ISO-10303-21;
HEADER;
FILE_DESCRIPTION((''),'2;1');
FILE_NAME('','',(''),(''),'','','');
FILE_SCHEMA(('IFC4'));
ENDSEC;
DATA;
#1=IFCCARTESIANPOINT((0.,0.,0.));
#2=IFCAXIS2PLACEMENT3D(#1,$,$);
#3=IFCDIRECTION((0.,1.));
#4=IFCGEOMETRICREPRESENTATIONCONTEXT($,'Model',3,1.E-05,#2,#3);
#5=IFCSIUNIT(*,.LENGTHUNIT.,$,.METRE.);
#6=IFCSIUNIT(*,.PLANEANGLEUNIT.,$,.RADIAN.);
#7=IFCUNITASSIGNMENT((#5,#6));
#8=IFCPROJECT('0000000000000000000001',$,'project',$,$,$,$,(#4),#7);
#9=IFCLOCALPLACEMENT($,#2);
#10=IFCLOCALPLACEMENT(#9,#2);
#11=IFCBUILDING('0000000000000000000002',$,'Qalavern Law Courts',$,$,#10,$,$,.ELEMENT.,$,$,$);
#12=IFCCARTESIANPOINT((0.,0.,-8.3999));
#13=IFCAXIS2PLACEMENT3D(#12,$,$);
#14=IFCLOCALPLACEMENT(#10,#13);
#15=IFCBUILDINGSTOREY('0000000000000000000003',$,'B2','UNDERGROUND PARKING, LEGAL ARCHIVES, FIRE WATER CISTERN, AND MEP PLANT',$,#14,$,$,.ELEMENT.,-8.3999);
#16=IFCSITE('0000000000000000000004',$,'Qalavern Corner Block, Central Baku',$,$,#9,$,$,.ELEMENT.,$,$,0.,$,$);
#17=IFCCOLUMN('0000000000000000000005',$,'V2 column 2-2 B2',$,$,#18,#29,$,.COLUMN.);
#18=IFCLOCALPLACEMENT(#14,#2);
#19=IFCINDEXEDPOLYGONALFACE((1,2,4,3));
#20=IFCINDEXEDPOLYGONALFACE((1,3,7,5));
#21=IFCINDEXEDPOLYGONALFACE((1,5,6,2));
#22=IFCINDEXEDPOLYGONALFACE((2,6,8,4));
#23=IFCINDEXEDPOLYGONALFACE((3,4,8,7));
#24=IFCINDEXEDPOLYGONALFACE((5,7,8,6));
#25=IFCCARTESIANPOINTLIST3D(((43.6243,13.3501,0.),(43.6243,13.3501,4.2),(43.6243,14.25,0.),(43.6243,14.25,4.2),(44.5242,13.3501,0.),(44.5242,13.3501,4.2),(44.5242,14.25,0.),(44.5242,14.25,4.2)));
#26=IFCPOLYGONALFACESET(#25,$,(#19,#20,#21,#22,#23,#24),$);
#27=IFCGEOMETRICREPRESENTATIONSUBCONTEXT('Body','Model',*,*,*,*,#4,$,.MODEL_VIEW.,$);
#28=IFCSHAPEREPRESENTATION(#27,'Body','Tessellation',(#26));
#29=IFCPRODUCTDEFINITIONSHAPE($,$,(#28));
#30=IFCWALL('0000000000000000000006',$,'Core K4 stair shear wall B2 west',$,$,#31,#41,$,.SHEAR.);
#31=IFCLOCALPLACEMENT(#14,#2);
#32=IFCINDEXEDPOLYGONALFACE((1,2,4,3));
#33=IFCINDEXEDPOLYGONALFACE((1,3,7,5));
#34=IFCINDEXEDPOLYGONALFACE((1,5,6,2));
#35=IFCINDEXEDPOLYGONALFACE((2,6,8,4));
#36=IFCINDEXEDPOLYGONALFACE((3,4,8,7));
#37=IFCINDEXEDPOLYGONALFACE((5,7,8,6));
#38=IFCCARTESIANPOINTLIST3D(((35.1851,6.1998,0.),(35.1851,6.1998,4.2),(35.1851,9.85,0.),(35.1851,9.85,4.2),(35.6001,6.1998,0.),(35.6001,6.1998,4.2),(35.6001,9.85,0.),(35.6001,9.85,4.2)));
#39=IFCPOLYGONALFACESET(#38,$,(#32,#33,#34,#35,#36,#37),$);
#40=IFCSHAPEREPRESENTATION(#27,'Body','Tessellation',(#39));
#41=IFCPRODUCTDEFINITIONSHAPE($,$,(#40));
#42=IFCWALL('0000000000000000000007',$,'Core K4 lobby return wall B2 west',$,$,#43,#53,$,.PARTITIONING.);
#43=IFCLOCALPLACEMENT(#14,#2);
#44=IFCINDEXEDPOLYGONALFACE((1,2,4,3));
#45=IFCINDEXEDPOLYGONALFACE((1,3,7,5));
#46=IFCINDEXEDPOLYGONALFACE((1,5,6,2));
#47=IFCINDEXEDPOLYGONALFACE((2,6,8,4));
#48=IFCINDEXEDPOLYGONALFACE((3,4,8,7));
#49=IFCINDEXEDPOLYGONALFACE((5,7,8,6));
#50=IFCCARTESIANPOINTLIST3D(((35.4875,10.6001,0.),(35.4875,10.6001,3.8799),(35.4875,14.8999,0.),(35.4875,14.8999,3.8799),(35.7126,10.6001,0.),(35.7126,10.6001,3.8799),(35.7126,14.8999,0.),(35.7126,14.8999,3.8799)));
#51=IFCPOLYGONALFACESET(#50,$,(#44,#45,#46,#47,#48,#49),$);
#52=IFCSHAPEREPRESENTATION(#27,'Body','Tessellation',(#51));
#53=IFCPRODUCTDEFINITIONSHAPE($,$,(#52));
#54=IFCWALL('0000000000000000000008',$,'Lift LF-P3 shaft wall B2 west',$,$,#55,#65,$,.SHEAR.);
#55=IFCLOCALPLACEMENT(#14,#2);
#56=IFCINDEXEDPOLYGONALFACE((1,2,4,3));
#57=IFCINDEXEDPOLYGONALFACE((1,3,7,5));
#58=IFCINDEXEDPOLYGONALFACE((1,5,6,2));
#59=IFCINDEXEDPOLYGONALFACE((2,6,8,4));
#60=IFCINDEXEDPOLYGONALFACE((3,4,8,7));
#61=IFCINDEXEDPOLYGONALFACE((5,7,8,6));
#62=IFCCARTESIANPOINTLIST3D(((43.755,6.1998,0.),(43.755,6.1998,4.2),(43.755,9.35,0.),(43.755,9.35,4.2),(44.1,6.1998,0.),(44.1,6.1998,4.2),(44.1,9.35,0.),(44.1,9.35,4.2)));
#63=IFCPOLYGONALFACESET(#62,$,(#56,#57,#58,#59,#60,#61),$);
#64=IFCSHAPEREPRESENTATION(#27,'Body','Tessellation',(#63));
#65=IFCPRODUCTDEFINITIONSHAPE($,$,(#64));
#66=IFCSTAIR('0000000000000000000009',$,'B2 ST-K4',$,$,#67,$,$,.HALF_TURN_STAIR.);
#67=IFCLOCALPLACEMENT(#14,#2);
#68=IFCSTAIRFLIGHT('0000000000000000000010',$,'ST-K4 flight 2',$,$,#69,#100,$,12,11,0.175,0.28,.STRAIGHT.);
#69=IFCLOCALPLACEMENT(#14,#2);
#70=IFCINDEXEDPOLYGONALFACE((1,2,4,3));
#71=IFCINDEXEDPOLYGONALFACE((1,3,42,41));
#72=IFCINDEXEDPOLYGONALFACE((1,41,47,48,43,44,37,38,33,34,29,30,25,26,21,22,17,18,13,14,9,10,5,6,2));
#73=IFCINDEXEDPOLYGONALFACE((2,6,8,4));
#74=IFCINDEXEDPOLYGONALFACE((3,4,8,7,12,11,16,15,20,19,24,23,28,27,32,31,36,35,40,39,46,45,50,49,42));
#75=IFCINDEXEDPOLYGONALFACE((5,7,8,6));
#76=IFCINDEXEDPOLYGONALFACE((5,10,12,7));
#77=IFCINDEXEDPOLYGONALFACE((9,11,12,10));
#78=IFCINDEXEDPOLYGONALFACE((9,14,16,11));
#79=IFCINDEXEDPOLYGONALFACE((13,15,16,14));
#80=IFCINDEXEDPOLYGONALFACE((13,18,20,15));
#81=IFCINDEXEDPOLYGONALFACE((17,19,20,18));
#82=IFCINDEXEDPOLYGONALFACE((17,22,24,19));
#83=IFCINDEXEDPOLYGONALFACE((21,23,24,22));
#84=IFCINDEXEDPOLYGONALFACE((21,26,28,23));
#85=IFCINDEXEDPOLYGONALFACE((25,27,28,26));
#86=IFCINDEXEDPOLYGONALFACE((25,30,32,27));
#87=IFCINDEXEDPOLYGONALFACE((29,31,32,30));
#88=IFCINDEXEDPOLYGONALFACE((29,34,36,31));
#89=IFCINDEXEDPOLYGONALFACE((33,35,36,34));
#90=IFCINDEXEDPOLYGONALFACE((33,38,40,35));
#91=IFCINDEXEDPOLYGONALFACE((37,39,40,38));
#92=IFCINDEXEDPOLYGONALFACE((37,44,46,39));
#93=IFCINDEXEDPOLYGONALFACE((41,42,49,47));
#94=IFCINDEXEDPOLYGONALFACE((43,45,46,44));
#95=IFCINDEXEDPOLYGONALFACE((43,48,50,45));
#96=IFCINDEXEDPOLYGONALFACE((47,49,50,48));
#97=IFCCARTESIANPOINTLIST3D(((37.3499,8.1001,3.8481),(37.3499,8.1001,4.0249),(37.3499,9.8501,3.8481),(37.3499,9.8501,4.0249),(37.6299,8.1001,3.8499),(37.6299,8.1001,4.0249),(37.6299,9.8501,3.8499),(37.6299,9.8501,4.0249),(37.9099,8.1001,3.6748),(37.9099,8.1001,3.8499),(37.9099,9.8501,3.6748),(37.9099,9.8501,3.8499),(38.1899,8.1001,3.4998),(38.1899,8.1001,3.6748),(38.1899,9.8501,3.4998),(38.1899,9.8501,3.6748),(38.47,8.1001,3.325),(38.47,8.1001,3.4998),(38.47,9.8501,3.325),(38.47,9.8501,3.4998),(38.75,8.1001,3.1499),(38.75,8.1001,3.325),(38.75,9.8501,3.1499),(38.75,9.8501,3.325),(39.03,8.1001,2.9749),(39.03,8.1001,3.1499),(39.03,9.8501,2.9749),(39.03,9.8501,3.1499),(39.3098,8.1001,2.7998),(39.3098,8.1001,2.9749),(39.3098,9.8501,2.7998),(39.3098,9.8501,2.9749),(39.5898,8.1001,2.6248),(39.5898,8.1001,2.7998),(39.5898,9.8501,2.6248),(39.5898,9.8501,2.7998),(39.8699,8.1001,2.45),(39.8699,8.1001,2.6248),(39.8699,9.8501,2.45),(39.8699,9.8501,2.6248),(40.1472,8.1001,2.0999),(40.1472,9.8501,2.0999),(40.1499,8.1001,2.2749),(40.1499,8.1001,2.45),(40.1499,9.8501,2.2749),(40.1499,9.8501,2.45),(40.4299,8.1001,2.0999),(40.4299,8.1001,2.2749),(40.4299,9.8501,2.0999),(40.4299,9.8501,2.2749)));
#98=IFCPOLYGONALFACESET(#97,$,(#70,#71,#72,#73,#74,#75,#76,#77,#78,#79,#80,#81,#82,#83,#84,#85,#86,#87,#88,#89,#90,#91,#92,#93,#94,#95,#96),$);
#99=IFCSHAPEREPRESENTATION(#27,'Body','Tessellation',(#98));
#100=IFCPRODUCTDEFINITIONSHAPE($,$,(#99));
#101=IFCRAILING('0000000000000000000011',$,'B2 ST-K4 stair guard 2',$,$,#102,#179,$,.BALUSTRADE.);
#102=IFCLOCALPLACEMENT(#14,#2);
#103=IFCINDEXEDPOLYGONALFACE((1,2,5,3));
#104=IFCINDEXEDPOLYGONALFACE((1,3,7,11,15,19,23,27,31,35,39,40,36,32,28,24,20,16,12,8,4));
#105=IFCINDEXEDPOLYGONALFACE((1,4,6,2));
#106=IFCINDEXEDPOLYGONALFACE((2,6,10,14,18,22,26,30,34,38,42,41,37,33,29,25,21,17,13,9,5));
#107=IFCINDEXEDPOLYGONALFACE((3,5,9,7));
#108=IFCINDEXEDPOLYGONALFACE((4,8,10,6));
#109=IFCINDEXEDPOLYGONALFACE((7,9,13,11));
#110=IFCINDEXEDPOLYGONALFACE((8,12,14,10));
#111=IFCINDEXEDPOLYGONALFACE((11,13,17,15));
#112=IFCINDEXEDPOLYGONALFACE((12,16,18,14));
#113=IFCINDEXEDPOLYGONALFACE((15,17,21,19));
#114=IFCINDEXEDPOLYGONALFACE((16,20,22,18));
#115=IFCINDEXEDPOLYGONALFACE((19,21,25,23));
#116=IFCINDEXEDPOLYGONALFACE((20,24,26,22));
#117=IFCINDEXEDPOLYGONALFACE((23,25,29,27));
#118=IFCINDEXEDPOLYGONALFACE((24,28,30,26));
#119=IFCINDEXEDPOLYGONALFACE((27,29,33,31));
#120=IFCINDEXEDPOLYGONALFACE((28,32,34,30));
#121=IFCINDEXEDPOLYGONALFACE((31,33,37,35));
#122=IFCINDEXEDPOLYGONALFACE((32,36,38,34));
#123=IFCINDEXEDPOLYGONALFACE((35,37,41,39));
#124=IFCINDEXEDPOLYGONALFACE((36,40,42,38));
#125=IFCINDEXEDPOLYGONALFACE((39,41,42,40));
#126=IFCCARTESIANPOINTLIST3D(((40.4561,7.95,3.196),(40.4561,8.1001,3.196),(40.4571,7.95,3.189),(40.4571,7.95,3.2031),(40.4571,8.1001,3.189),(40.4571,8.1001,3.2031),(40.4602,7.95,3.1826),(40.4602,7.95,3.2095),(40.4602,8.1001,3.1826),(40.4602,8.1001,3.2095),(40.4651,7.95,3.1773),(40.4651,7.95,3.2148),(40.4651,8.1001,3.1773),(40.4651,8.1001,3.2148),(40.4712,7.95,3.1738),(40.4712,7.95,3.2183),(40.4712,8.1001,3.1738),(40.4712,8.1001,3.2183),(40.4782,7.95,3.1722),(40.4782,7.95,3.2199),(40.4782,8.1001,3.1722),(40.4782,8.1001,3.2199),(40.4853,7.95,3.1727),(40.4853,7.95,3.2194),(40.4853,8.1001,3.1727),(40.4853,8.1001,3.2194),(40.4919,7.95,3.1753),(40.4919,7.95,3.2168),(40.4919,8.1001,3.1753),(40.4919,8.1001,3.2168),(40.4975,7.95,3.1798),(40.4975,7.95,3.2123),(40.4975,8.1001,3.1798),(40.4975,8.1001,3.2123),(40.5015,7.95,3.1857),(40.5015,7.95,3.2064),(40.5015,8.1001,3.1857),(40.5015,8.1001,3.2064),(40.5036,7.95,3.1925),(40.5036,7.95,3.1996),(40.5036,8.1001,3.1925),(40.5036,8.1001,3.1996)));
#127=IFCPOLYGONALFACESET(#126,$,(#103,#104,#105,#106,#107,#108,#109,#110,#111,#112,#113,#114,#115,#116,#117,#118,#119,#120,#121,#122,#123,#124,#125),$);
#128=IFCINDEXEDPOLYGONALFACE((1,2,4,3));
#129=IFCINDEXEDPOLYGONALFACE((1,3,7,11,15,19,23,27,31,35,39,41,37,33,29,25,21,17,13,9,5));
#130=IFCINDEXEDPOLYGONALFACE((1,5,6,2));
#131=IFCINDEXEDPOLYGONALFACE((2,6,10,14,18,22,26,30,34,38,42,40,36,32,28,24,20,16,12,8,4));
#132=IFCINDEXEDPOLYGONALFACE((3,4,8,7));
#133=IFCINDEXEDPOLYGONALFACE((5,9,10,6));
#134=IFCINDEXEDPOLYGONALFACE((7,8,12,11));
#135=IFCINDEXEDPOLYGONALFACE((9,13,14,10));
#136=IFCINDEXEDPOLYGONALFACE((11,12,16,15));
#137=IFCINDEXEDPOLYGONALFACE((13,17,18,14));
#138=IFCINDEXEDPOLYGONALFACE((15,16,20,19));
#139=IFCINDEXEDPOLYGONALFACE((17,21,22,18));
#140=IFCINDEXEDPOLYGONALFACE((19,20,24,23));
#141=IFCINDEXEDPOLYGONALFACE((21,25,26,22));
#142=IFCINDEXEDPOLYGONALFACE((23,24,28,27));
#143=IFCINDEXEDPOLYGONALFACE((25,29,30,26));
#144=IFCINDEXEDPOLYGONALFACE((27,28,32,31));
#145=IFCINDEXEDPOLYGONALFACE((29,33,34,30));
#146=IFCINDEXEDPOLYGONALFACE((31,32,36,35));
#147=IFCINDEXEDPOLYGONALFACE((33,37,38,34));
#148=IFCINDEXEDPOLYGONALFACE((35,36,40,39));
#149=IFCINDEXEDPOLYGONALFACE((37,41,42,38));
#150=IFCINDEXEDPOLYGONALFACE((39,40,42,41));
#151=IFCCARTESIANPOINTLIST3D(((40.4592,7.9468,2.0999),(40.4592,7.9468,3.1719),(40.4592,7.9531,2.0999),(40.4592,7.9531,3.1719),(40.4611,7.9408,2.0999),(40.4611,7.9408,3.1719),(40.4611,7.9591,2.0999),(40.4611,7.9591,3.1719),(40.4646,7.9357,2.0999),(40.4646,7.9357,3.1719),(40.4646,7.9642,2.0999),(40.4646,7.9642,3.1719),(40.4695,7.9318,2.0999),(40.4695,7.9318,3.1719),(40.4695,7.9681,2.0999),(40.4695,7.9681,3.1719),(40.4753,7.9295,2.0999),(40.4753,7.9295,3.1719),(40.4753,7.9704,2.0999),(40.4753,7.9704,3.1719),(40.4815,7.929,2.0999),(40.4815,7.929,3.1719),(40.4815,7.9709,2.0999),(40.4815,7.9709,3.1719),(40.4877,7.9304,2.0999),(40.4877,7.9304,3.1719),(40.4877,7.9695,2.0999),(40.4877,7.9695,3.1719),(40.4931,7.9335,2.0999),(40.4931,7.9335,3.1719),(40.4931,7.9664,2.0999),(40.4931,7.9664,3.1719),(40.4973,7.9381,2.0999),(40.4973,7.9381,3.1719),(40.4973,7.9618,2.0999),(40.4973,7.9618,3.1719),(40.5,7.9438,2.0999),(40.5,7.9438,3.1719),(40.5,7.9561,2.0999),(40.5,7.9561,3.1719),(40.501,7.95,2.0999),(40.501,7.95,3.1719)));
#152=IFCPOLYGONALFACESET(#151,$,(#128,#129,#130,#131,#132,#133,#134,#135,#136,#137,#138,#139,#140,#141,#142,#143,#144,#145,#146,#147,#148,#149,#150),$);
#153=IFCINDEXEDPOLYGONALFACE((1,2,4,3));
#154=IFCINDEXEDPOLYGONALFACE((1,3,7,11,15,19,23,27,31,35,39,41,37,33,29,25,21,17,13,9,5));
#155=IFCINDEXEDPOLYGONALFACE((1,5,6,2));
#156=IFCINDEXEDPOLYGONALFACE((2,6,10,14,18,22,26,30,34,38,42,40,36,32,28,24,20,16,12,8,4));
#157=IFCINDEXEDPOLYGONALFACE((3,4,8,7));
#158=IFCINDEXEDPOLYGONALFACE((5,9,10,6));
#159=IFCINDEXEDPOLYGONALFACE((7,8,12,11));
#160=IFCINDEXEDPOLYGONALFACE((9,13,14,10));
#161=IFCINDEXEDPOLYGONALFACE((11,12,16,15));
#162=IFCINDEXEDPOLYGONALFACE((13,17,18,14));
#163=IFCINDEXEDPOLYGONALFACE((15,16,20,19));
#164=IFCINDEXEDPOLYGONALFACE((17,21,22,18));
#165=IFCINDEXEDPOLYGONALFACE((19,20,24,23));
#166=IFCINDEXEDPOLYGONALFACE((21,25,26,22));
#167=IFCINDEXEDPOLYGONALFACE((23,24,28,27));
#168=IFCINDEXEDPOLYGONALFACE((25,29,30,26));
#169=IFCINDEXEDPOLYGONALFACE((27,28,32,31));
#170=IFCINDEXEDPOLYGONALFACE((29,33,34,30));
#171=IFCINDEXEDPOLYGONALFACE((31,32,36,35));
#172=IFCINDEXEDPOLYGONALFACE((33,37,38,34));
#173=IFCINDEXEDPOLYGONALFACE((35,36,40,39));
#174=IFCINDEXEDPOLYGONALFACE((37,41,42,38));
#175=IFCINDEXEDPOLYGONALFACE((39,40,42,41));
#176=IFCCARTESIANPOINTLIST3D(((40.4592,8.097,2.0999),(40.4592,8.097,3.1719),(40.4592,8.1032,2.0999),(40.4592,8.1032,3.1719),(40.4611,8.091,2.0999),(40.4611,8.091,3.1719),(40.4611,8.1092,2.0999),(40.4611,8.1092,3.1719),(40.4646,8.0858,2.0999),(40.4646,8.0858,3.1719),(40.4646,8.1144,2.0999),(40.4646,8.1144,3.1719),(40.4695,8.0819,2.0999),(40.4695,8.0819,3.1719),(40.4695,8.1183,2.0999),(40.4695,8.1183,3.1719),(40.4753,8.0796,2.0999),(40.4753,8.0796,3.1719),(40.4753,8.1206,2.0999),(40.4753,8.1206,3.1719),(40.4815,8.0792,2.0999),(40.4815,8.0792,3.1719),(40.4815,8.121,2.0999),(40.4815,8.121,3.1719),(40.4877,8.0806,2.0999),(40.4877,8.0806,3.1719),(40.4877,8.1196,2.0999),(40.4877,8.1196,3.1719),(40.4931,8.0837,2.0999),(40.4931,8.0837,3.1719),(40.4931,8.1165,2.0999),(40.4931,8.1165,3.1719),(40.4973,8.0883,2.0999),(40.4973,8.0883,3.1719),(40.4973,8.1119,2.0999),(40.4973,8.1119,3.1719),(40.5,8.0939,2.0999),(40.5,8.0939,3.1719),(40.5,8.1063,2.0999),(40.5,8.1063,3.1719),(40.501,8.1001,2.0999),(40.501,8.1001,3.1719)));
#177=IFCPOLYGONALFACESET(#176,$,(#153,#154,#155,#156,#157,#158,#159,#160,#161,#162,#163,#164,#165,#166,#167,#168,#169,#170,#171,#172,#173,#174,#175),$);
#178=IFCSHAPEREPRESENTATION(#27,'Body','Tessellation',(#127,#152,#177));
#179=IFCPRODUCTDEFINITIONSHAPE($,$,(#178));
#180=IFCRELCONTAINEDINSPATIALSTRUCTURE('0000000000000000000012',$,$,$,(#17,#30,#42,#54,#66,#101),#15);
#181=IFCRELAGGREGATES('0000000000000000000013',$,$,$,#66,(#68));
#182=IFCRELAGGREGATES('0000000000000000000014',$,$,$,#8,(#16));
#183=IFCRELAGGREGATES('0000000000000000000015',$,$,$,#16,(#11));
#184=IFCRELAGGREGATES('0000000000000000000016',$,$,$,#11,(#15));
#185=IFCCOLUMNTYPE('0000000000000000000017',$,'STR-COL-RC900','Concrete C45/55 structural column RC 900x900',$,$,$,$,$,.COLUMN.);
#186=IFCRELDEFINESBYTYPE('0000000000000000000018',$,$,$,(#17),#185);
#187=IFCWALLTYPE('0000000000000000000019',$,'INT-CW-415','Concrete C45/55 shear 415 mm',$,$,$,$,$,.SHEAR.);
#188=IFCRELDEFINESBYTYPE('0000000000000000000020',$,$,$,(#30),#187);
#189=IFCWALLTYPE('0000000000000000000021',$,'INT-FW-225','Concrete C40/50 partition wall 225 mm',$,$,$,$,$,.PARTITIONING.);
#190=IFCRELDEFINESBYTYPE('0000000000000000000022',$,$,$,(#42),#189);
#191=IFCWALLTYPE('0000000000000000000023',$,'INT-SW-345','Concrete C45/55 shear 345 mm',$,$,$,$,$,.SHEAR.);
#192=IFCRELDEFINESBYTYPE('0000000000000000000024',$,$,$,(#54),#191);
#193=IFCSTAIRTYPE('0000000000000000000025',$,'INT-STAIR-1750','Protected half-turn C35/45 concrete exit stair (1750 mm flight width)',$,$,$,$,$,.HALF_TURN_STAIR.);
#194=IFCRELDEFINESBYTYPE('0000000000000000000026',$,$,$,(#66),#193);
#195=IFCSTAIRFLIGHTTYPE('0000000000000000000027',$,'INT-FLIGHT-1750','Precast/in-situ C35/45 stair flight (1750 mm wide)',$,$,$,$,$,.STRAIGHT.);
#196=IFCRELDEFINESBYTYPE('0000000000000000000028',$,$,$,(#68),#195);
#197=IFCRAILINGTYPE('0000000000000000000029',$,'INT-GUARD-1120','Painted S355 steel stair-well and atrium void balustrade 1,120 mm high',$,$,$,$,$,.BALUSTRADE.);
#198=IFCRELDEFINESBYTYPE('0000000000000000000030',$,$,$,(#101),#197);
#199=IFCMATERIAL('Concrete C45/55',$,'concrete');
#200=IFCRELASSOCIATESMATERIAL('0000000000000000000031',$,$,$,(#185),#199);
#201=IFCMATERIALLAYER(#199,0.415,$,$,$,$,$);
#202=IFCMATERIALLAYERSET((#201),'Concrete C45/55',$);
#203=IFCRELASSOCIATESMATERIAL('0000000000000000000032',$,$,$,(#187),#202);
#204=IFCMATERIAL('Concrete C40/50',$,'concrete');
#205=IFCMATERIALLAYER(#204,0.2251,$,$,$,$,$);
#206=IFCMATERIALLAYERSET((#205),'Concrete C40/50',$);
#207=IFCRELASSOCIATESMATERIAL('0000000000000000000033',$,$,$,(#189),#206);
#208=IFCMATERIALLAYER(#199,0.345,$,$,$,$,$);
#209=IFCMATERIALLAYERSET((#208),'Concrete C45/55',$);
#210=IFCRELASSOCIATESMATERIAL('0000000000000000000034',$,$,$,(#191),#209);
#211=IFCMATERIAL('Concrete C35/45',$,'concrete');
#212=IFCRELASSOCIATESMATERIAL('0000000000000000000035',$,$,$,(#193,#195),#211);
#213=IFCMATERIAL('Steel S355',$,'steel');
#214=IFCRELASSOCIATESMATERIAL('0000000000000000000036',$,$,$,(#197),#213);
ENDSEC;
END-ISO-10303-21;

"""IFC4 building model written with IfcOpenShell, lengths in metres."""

from ifc_helpers import new_model, si_unit, direction, frame, frame_2d, origin, origin_2d, place, context, subcontext, project, spatial, polyline, rectangle, circle, outline, extrude, material, layer, layer_set, material_profile, profile_set, type_object, element, aggregate, save


model = new_model("IFC4")

# Units and contexts
model_context = context("Model", 3, precision=1e-05, world=origin(), true_north=direction((0.0, 1.0)))
body_context = subcontext(model_context, "Body", "Model", "MODEL_VIEW")
ifc_project = project(units=[si_unit("LENGTHUNIT", "METRE"), si_unit("PLANEANGLEUNIT", "RADIAN")], contexts=[model_context])

# Site, building, storey
site_placement = place(None, origin())
site = spatial("IfcSite", under=ifc_project, at=site_placement, Name="Qalavern Corner Block, Central Baku", CompositionType="ELEMENT", RefElevation=0.0)
building_placement = place(site_placement, origin())
building = spatial("IfcBuilding", under=site, at=building_placement, Name="Qalavern Law Courts", CompositionType="ELEMENT")
storey_placement = place(building_placement, frame((0.0, 0.0, -8.3999)))
storey = spatial("IfcBuildingStorey", under=building, at=storey_placement, Name="B2", Description="UNDERGROUND PARKING, LEGAL ARCHIVES, FIRE WATER CISTERN, AND MEP PLANT", CompositionType="ELEMENT", Elevation=-8.3999)

# Shared definitions
ifc_material_1 = material(Name="Concrete C35/45", Category="concrete")

# Column
ifc_material_2 = material(Name="Concrete C45/55", Category="concrete")
ifc_material_profile_1 = material_profile(ifc_material_2, rectangle(XDim=0.8999, YDim=0.8999, at=origin_2d()), Name="RC 900x900")
ifc_profile_set_1 = profile_set([ifc_material_profile_1], Name="Concrete C45/55")
column_type_1 = type_object("IfcColumnType", Name="STR-COL-RC900", Description="Concrete C45/55 structural column RC 900x900", PredefinedType="COLUMN", material=ifc_profile_set_1)
column_1_placement = place(storey_placement, frame((44.0742, 13.8, 0.0), z_axis=(0.0, 0.0, 1.0), x_axis=(1.0, 0.0, 0.0)))
element("IfcColumn", 1, at=column_1_placement, inside=storey, type_object=column_type_1, Name="V2 column 2-2 B2", PredefinedType="COLUMN", context=body_context, shape_type="SweptSolid", body=[
    extrude(rectangle(XDim=0.8999, YDim=0.8999, at=origin_2d()), origin(), (0.0, 0.0, 1.0), 4.2),
])

# Shared definitions
ifc_layer_1 = layer(ifc_material_2, 0.415)
ifc_layer_set_1 = layer_set([ifc_layer_1], Name="Concrete C45/55")
wall_type_1 = type_object("IfcWallType", Name="INT-CW-415", Description="Concrete C45/55 shear 415 mm", PredefinedType="SHEAR", material=ifc_layer_set_1)

# Walls
wall_1_placement = place(storey_placement, frame((35.3926, 9.8501, 0.0), z_axis=(0.0, 0.0, 1.0), x_axis=(0.0, -1.0, 0.0)))
element("IfcWall", 2, at=wall_1_placement, inside=storey, type_object=wall_type_1, Name="Core K4 stair shear wall B2 west", PredefinedType="SHEAR", context=body_context, shape_type="SweptSolid", body=[
    extrude(rectangle(XDim=3.6501, YDim=0.415, at=frame_2d((1.8252, 0.0))), origin(), (0.0, 0.0, 1.0), 4.2),
])
ifc_material_3 = material(Name="Concrete C40/50", Category="concrete")
ifc_layer_2 = layer(ifc_material_3, 0.2251)
ifc_layer_set_2 = layer_set([ifc_layer_2], Name="Concrete C40/50")
wall_type_2 = type_object("IfcWallType", Name="INT-FW-225", Description="Concrete C40/50 partition wall 225 mm", PredefinedType="PARTITIONING", material=ifc_layer_set_2)
wall_2_placement = place(storey_placement, frame((35.6001, 10.6001, 0.0), z_axis=(0.0, 0.0, 1.0), x_axis=(0.0, 1.0, 0.0)))
element("IfcWall", 3, at=wall_2_placement, inside=storey, type_object=wall_type_2, Name="Core K4 lobby return wall B2 west", PredefinedType="PARTITIONING", context=body_context, shape_type="SweptSolid", body=[
    extrude(rectangle(XDim=4.2998, YDim=0.2251, at=frame_2d((2.1499, 0.0))), origin(), (0.0, 0.0, 1.0), 3.8799),
])
ifc_layer_3 = layer(ifc_material_2, 0.345)
ifc_layer_set_3 = layer_set([ifc_layer_3], Name="Concrete C45/55")
wall_type_3 = type_object("IfcWallType", Name="INT-SW-345", Description="Concrete C45/55 shear 345 mm", PredefinedType="SHEAR", material=ifc_layer_set_3)
wall_3_placement = place(storey_placement, frame((43.9275, 9.3501, 0.0), z_axis=(0.0, 0.0, 1.0), x_axis=(0.0, -1.0, 0.0)))
element("IfcWall", 4, at=wall_3_placement, inside=storey, type_object=wall_type_3, Name="Lift LF-P3 shaft wall B2 west", PredefinedType="SHEAR", context=body_context, shape_type="SweptSolid", body=[
    extrude(rectangle(XDim=3.1501, YDim=0.345, at=frame_2d((1.5752, 0.0))), origin(), (0.0, 0.0, 1.0), 4.2),
])

# Stair, stair flight
stair_type = type_object("IfcStairType", Name="INT-STAIR-1750", Description="Protected half-turn C35/45 concrete exit stair (1750 mm flight width)", PredefinedType="HALF_TURN_STAIR", material=ifc_material_1)
stair_placement = place(storey_placement, origin())
stair = element("IfcStair", 5, at=stair_placement, inside=storey, type_object=stair_type, Name="B2 ST-K4", PredefinedType="HALF_TURN_STAIR")
stair_flight_type = type_object("IfcStairFlightType", Name="INT-FLIGHT-1750", Description="Precast/in-situ C35/45 stair flight (1750 mm wide)", PredefinedType="STRAIGHT", material=ifc_material_1)
stair_flight_placement = place(storey_placement, frame((40.4299, 8.9751, 2.0999), z_axis=(0.0, 0.0, 1.0), x_axis=(-1.0, 0.0, 0.0)))
stair_flight = element("IfcStairFlight", 6, at=stair_flight_placement, type_object=stair_flight_type, Name="ST-K4 flight 2", NumberOfRisers=12, NumberOfTreads=11, PredefinedType="STRAIGHT", RiserHeight=0.175, TreadLength=0.28, context=body_context, shape_type="SweptSolid", body=[
    extrude(outline(polyline([(0.0, 0.0), (0.0, 0.175), (0.28, 0.175), (0.28, 0.3501), (0.5601, 0.3501), (0.5601, 0.5249), (0.8401, 0.5249), (0.8401, 0.7), (1.1201, 0.7), (1.1201, 0.875), (1.3999, 0.875), (1.3999, 1.05), (1.6799, 1.05), (1.6799, 1.2251), (1.96, 1.2251), (1.96, 1.3999), (2.24, 1.3999), (2.24, 1.575), (2.52, 1.575), (2.52, 1.75), (2.8, 1.75), (2.8, 1.925), (3.0801, 1.925), (3.0801, 2.1001), (3.0801, 1.7483), (0.2827, 0.0), (0.0, 0.0)])), frame((0.0, 0.875, 0.0), z_axis=(0.0, -1.0, 0.0), x_axis=(1.0, 0.0, 0.0)), (0.0, 0.0, 1.0), 1.75),
])
aggregate(stair, [stair_flight])

# Railing
ifc_material_4 = material(Name="Steel S355", Category="steel")
railing_type_1 = type_object("IfcRailingType", Name="INT-GUARD-1120", Description="Painted S355 steel stair-well and atrium void balustrade 1,120 mm high", PredefinedType="BALUSTRADE", material=ifc_material_4)
railing_1_placement = place(storey_placement, frame((40.48, 7.95, 2.0999)))
element("IfcRailing", 7, at=railing_1_placement, inside=storey, type_object=railing_type_1, Name="B2 ST-K4 stair guard 2", PredefinedType="BALUSTRADE", context=body_context, shape_type="SweptSolid", body=[
    extrude(circle(Radius=0.0239, at=origin_2d()), frame((0.0, 0.0, 1.0962), z_axis=(0.0, 1.0, 0.0), x_axis=(-1.0, 0.0, 0.0)), (0.0, 0.0, 1.0), 0.1501),
    extrude(circle(Radius=0.021, at=origin_2d()), origin(), (0.0, 0.0, 1.0), 1.072),
    extrude(circle(Radius=0.021, at=origin_2d()), frame((0.0, 0.1501, 0.0)), (0.0, 0.0, 1.0), 1.072),
])

save(model, "model.ifc")
